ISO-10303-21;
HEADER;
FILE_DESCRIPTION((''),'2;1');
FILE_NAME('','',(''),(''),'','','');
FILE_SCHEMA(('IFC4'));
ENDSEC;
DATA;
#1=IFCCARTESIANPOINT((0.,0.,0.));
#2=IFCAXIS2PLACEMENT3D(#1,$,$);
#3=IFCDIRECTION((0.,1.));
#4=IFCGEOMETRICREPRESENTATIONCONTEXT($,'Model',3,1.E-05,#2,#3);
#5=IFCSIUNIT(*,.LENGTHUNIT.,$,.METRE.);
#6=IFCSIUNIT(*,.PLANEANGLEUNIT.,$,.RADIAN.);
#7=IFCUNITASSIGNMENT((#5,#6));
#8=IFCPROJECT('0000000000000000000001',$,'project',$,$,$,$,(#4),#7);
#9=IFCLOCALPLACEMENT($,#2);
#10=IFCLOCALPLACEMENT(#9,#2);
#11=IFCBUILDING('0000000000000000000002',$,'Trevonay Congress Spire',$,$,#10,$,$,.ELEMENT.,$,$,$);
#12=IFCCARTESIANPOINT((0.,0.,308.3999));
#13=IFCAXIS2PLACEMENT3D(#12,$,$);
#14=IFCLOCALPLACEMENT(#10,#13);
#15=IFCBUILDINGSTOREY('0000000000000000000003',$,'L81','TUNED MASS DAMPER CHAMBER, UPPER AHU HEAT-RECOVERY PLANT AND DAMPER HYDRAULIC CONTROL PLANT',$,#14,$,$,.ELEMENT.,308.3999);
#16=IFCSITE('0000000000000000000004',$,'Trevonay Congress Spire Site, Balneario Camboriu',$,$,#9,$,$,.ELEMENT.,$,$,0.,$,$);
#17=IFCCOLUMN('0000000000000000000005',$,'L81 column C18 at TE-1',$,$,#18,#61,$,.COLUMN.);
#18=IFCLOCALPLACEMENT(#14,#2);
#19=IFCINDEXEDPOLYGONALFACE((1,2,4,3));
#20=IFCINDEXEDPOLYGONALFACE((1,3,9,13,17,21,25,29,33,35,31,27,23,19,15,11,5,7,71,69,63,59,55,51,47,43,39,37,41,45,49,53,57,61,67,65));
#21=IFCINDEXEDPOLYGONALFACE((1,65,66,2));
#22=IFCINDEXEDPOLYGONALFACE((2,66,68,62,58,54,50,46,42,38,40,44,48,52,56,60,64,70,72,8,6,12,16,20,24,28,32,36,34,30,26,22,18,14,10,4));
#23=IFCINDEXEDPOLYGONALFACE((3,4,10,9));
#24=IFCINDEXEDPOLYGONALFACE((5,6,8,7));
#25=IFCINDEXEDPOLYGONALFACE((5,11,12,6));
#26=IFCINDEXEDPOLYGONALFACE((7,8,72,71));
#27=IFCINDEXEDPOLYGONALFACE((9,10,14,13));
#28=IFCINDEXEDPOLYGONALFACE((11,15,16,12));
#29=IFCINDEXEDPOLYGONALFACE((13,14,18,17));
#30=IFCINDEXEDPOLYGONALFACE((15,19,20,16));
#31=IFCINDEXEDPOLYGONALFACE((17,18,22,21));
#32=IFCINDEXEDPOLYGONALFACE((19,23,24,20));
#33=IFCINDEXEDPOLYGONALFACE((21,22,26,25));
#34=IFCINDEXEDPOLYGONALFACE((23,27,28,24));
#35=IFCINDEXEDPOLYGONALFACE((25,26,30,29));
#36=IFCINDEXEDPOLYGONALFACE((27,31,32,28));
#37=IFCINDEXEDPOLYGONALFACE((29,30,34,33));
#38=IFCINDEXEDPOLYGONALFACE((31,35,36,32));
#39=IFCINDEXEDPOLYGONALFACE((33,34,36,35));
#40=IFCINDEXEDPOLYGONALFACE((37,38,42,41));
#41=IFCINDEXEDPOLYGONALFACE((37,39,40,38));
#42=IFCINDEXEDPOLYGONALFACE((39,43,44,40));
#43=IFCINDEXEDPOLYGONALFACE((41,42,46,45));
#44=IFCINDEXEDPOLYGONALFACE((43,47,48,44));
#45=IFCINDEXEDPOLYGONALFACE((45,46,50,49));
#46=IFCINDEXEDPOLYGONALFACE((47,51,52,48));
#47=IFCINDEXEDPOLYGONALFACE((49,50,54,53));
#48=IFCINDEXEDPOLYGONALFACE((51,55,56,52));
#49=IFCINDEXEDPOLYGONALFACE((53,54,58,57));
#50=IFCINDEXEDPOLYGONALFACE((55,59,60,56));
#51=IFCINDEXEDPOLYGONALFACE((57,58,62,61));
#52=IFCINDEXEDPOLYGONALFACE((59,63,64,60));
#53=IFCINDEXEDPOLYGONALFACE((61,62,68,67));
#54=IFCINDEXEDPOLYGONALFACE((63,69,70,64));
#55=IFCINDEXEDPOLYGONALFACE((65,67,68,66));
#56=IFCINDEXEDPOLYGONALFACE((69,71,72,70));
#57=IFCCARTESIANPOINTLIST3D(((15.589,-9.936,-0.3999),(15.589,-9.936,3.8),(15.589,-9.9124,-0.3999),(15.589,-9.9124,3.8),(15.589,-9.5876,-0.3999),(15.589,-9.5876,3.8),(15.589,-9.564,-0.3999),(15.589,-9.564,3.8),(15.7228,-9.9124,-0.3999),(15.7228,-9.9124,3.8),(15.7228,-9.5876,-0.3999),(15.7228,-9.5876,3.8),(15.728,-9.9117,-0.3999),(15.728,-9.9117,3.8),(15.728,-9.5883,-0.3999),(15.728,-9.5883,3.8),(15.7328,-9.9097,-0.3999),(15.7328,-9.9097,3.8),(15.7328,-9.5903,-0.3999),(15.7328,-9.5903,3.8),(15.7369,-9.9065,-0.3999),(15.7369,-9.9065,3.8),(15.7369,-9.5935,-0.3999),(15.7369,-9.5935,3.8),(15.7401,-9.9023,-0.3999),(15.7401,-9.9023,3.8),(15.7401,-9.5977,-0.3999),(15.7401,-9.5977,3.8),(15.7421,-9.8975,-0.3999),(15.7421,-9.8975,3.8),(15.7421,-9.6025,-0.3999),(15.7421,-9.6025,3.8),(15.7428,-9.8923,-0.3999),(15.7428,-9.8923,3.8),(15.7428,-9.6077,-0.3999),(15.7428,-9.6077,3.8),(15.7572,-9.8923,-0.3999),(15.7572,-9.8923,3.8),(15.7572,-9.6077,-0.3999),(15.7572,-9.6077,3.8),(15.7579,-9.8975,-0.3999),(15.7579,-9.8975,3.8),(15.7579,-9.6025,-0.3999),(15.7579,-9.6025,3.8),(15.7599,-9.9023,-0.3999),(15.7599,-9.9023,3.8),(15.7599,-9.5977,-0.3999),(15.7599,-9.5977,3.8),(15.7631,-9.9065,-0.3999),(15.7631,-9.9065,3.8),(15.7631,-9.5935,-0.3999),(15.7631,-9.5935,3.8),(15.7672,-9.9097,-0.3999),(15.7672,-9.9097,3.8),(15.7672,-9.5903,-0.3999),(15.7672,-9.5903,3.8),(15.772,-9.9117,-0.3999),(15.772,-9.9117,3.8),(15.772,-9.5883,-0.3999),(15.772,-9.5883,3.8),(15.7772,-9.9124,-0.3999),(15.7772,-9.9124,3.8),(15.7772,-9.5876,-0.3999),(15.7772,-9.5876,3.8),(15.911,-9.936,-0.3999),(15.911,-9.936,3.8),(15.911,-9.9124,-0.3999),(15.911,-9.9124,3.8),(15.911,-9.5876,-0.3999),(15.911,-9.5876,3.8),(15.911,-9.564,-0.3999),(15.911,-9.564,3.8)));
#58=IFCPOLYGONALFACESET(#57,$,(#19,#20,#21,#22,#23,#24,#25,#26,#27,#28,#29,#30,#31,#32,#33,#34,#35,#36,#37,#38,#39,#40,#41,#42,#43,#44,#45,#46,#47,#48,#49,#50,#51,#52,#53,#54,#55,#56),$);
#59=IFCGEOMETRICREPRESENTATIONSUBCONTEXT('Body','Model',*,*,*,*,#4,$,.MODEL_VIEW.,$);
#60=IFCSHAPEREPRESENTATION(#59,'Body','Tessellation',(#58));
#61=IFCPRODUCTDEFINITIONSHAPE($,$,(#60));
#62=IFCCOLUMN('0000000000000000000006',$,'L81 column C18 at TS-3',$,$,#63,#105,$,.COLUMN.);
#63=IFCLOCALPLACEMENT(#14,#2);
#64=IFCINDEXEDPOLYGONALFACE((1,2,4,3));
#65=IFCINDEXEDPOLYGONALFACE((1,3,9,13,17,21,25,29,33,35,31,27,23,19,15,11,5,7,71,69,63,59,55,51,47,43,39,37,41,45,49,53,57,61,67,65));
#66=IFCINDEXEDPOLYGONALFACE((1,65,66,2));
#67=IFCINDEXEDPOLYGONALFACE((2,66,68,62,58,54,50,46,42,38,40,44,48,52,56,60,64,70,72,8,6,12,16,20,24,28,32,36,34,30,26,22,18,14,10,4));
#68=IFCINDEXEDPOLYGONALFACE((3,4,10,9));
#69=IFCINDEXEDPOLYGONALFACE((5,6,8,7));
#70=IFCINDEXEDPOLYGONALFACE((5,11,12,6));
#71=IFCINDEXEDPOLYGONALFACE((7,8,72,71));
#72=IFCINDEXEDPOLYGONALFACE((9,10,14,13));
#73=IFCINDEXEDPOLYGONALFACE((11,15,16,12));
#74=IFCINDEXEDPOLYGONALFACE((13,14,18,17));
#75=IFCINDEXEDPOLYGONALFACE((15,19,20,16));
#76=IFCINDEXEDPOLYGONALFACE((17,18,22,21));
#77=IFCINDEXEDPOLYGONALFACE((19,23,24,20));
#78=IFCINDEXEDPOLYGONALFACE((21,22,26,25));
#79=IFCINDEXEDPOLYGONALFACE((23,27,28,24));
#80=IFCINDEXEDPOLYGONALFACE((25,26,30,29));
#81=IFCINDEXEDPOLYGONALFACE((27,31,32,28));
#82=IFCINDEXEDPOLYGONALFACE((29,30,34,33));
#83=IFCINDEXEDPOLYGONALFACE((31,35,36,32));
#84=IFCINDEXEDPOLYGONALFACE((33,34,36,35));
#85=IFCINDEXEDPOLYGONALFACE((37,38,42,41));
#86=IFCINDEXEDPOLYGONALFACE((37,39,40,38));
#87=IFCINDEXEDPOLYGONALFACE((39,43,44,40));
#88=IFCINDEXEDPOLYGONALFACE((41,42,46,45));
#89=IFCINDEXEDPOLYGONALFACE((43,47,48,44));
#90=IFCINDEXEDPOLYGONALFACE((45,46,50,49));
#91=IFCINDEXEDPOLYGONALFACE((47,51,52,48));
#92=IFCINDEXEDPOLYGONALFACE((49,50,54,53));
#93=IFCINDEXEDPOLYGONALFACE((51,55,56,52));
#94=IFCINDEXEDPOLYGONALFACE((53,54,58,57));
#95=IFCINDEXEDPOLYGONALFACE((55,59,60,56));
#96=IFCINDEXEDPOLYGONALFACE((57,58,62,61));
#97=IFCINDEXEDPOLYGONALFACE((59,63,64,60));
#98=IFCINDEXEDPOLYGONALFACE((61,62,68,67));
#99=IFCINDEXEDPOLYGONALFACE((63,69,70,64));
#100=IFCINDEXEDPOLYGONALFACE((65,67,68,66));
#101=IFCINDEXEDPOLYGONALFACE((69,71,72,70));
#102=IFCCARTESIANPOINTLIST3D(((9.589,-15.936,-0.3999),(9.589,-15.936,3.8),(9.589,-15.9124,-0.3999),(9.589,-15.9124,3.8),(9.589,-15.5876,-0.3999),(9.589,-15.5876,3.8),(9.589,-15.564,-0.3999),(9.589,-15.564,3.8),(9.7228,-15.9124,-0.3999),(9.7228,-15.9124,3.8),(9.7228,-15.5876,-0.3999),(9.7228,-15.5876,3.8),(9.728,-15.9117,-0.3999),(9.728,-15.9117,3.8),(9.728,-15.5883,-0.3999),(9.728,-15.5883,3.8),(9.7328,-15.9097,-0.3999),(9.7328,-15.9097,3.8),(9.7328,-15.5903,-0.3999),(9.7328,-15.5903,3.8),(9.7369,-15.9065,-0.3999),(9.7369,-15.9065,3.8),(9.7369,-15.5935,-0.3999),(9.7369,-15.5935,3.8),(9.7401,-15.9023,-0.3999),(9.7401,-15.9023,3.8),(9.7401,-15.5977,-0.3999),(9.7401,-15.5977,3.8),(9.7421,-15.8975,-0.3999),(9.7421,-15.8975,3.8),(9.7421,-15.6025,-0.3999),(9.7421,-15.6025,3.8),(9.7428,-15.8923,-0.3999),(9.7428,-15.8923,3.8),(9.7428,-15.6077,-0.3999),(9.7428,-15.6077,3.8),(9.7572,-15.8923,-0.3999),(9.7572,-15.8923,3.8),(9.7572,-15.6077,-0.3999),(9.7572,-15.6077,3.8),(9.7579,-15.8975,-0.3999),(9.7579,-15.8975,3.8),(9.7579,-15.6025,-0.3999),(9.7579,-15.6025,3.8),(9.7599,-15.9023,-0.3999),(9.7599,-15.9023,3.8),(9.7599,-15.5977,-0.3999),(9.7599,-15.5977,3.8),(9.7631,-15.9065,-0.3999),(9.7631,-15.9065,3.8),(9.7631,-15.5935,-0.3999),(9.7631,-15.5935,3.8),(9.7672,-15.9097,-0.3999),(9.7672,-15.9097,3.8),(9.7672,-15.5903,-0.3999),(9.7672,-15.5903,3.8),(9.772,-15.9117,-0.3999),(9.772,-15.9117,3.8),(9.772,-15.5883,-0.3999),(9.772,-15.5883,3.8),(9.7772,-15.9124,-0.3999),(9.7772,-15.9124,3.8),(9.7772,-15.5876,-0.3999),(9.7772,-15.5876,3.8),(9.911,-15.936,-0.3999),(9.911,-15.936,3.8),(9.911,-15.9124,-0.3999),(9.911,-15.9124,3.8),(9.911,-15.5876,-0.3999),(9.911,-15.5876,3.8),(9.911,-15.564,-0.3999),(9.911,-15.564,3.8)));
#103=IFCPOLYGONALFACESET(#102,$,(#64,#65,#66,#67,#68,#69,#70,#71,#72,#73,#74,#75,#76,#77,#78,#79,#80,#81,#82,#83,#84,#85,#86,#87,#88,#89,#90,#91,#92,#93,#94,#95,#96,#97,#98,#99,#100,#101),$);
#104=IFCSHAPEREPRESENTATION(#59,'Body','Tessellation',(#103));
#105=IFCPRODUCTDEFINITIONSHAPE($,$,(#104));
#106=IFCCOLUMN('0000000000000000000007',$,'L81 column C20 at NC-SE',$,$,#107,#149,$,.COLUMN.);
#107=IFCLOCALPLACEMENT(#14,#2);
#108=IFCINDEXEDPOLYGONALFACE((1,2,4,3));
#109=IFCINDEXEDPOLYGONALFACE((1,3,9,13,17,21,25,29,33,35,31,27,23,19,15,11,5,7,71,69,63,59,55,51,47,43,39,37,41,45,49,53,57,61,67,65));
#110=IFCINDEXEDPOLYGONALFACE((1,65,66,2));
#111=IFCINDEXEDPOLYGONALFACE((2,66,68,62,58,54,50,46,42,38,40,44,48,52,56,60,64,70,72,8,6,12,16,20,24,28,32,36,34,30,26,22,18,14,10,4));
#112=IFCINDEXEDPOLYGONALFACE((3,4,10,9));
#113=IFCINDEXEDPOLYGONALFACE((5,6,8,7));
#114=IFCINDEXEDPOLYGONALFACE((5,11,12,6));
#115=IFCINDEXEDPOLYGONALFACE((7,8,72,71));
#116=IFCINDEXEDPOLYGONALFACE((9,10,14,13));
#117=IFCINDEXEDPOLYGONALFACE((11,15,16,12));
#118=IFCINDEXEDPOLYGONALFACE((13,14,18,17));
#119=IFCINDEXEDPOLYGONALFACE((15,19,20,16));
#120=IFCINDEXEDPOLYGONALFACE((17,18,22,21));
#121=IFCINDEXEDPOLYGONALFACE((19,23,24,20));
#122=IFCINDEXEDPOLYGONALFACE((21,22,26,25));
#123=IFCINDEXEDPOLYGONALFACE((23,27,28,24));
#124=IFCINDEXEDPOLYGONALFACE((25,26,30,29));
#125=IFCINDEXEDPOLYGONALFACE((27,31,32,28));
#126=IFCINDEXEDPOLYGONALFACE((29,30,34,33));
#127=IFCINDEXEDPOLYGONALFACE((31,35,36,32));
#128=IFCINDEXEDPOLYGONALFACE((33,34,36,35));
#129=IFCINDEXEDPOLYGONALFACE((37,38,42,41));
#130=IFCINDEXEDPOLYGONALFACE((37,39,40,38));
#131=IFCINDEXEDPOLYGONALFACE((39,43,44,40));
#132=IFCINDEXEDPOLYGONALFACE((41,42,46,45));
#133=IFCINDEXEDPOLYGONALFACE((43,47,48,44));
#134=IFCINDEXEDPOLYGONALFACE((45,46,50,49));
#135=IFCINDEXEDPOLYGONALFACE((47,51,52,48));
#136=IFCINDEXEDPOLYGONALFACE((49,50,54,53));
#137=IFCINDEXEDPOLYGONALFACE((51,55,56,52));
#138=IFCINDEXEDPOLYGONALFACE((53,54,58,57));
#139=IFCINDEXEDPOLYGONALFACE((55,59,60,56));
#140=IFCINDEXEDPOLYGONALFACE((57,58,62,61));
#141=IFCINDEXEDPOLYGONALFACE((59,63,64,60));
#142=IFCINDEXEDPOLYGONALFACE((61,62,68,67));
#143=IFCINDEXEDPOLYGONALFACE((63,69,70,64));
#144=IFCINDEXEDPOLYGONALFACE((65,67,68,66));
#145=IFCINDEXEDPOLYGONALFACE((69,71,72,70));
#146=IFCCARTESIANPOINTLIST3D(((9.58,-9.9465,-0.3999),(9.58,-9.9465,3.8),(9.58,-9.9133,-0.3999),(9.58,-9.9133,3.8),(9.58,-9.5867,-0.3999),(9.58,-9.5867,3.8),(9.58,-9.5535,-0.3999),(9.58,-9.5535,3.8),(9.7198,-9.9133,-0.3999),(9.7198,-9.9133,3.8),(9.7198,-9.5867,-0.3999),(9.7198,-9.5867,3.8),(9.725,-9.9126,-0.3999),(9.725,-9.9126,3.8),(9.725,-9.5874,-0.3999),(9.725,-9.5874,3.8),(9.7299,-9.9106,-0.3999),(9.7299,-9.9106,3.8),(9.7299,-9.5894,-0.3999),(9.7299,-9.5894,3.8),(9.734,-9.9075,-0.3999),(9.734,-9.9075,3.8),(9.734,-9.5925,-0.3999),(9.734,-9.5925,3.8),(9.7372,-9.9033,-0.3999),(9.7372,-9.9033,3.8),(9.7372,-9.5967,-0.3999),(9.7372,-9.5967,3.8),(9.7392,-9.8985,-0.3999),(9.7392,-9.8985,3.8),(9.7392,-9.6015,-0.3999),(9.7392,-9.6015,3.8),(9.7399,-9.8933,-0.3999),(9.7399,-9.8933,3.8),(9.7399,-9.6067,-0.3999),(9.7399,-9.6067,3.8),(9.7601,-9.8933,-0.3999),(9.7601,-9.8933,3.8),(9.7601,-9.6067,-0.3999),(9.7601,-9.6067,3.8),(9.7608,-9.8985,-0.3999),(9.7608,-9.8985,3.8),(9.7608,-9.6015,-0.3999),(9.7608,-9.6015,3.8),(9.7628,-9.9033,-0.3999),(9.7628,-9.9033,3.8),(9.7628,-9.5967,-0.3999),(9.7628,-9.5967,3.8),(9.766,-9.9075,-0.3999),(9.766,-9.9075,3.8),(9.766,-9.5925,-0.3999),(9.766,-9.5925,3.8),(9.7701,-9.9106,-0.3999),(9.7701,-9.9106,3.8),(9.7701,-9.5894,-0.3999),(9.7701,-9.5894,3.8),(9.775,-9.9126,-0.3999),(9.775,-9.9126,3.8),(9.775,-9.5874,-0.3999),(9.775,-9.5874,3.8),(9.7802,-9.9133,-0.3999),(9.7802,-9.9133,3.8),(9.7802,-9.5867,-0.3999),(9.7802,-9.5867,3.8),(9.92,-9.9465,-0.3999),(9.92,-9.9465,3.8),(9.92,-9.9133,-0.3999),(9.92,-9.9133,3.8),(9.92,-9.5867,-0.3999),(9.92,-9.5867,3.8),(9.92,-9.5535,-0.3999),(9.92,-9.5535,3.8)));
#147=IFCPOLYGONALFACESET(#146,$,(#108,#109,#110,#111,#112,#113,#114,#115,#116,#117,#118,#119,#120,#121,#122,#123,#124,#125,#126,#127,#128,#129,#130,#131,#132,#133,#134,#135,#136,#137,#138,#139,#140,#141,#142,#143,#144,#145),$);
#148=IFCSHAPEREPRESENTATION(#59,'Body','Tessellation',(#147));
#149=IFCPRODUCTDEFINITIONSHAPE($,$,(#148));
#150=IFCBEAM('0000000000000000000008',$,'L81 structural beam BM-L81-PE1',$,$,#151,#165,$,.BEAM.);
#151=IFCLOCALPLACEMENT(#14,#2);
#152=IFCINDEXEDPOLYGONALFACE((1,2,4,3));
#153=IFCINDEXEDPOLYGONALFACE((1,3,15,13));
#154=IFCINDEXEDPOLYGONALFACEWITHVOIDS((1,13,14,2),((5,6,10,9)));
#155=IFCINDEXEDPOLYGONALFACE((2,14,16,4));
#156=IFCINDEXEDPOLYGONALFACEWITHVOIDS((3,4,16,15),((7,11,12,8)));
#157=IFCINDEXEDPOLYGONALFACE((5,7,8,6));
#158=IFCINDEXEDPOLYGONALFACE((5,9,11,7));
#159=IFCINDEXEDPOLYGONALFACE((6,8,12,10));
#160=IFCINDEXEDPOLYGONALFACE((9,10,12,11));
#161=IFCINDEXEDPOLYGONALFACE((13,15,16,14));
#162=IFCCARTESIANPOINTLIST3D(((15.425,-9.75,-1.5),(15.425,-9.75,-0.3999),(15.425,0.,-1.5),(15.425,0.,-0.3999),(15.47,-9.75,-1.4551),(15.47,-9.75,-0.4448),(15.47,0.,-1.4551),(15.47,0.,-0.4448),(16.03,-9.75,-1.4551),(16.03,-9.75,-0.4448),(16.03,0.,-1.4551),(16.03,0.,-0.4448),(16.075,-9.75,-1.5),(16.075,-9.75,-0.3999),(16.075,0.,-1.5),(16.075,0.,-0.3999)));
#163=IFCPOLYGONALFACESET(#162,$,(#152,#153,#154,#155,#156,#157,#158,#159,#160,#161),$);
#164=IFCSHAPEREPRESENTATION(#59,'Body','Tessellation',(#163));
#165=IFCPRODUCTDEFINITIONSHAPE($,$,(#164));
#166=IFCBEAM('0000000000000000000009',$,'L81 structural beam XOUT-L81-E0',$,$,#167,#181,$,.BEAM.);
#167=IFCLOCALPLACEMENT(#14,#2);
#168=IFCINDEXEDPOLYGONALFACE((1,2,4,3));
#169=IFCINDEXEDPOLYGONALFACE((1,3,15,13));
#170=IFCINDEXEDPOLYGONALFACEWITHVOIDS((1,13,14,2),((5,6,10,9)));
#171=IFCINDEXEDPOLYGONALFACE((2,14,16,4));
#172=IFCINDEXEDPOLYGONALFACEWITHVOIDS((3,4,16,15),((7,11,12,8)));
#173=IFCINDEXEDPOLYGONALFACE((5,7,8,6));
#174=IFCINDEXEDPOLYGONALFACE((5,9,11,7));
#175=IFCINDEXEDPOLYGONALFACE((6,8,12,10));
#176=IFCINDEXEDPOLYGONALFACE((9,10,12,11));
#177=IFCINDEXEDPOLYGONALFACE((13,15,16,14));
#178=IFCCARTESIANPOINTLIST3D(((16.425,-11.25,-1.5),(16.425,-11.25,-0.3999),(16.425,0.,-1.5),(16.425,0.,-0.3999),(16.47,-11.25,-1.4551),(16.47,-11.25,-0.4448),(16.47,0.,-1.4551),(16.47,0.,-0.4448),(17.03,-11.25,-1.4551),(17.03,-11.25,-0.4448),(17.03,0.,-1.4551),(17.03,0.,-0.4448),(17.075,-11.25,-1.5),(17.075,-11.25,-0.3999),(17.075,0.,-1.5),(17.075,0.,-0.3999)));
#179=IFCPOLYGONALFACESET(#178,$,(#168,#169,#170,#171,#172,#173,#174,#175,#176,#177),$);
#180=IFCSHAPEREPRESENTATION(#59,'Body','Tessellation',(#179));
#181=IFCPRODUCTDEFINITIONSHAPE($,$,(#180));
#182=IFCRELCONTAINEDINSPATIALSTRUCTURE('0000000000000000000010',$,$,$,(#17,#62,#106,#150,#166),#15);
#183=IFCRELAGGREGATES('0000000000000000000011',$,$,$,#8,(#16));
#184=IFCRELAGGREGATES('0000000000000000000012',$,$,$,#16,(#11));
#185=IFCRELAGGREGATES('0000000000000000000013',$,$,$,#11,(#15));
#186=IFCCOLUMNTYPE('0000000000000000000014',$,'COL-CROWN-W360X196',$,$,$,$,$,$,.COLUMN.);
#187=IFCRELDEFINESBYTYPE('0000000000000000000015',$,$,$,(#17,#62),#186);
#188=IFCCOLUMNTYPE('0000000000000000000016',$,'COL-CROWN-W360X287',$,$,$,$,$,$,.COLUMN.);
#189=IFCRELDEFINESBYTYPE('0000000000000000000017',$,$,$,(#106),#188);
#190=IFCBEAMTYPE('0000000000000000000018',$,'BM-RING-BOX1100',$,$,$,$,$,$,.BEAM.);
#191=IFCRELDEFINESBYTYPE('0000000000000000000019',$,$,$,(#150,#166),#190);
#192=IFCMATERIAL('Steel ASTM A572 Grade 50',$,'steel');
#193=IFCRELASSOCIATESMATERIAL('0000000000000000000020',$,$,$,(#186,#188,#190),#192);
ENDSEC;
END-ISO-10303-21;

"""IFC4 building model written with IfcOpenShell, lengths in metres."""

from ifc_helpers import new_model, si_unit, direction, frame, origin, origin_2d, place, context, subcontext, project, spatial, hollow_rectangle, i_section, extrude, material, material_profile, profile_set, type_object, element, save


model = new_model("IFC4")

# Units and contexts
model_context = context("Model", 3, precision=1e-05, world=origin(), true_north=direction((0.0, 1.0)))
body_context = subcontext(model_context, "Body", "Model", "MODEL_VIEW")
ifc_project = project(units=[si_unit("LENGTHUNIT", "METRE"), si_unit("PLANEANGLEUNIT", "RADIAN")], contexts=[model_context])

# Site, building, storey
site_placement = place(None, origin())
site = spatial("IfcSite", under=ifc_project, at=site_placement, Name="Trevonay Congress Spire Site, Balneario Camboriu", CompositionType="ELEMENT", RefElevation=0.0)
building_placement = place(site_placement, origin())
building = spatial("IfcBuilding", under=site, at=building_placement, Name="Trevonay Congress Spire", CompositionType="ELEMENT")
storey_placement = place(building_placement, frame((0.0, 0.0, 308.3999)))
storey = spatial("IfcBuildingStorey", under=building, at=storey_placement, Name="L81", Description="TUNED MASS DAMPER CHAMBER, UPPER AHU HEAT-RECOVERY PLANT AND DAMPER HYDRAULIC CONTROL PLANT", CompositionType="ELEMENT", Elevation=308.3999)

# Columns
ifc_material_1 = material(Name="Steel ASTM A572 Grade 50", Category="steel")
ifc_material_profile_1 = material_profile(ifc_material_1, i_section(OverallWidth=0.322, OverallDepth=0.3721, WebThickness=0.0144, FlangeThickness=0.0237, FilletRadius=0.02, at=origin_2d()), Name="W360x196")
ifc_profile_set_1 = profile_set([ifc_material_profile_1], Name="Steel ASTM A572 Grade 50")
column_type_1 = type_object("IfcColumnType", Name="COL-CROWN-W360X196", PredefinedType="COLUMN", material=ifc_profile_set_1)
for number, where, z_axis, x_axis, name in (
    (1, (15.75, -9.75, -0.3999), (0.0, 0.0, 1.0), (1.0, 0.0, 0.0), "L81 column C18 at TE-1"),
    (2, (9.75, -15.75, -0.3999), (0.0, 0.0, 1.0), (1.0, 0.0, 0.0), "L81 column C18 at TS-3"),
):
    element("IfcColumn", number, at=place(storey_placement, frame(where, z_axis=z_axis, x_axis=x_axis)), inside=storey, type_object=column_type_1, Name=name, PredefinedType="COLUMN", context=body_context, shape_type="SweptSolid", body=[
        extrude(i_section(OverallWidth=0.322, OverallDepth=0.3721, WebThickness=0.0144, FlangeThickness=0.0237, FilletRadius=0.02, at=origin_2d()), origin(), (0.0, 0.0, 1.0), 4.2),
    ])
ifc_material_profile_2 = material_profile(ifc_material_1, i_section(OverallWidth=0.3401, OverallDepth=0.3931, WebThickness=0.0203, FlangeThickness=0.0332, FilletRadius=0.02, at=origin_2d()), Name="W360x287")
ifc_profile_set_2 = profile_set([ifc_material_profile_2], Name="Steel ASTM A572 Grade 50")
column_type_2 = type_object("IfcColumnType", Name="COL-CROWN-W360X287", PredefinedType="COLUMN", material=ifc_profile_set_2)
column_placement = place(storey_placement, frame((9.75, -9.75, -0.3999), z_axis=(0.0, 0.0, 1.0), x_axis=(1.0, 0.0, 0.0)))
element("IfcColumn", 3, at=column_placement, inside=storey, type_object=column_type_2, Name="L81 column C20 at NC-SE", PredefinedType="COLUMN", context=body_context, shape_type="SweptSolid", body=[
    extrude(i_section(OverallWidth=0.3401, OverallDepth=0.3931, WebThickness=0.0203, FlangeThickness=0.0332, FilletRadius=0.02, at=origin_2d()), origin(), (0.0, 0.0, 1.0), 4.2),
])

# Beams
ifc_material_profile_3 = material_profile(ifc_material_1, hollow_rectangle(XDim=0.6499, YDim=1.1001, WallThickness=0.0449, at=origin_2d()), Name="BOX 1100x650x45")
ifc_profile_set_3 = profile_set([ifc_material_profile_3], Name="Steel ASTM A572 Grade 50")
beam_type_1 = type_object("IfcBeamType", Name="BM-RING-BOX1100", PredefinedType="BEAM", material=ifc_profile_set_3)
beam_1_placement = place(storey_placement, frame((15.75, -9.75, -0.95), z_axis=(0.0, 1.0, 0.0), x_axis=(-1.0, 0.0, 0.0)))
element("IfcBeam", 4, at=beam_1_placement, inside=storey, type_object=beam_type_1, Name="L81 structural beam BM-L81-PE1", PredefinedType="BEAM", context=body_context, shape_type="SweptSolid", body=[
    extrude(hollow_rectangle(XDim=0.6499, YDim=1.1001, WallThickness=0.0449, at=origin_2d()), origin(), (0.0, 0.0, 1.0), 9.75),
])
beam_2_placement = place(storey_placement, frame((16.75, -11.25, -0.95), z_axis=(0.0, 1.0, 0.0), x_axis=(-1.0, 0.0, 0.0)))
element("IfcBeam", 5, at=beam_2_placement, inside=storey, type_object=beam_type_1, Name="L81 structural beam XOUT-L81-E0", PredefinedType="BEAM", context=body_context, shape_type="SweptSolid", body=[
    extrude(hollow_rectangle(XDim=0.6499, YDim=1.1001, WallThickness=0.0449, at=origin_2d()), origin(), (0.0, 0.0, 1.0), 11.25),
])

save(model, "model.ifc")
